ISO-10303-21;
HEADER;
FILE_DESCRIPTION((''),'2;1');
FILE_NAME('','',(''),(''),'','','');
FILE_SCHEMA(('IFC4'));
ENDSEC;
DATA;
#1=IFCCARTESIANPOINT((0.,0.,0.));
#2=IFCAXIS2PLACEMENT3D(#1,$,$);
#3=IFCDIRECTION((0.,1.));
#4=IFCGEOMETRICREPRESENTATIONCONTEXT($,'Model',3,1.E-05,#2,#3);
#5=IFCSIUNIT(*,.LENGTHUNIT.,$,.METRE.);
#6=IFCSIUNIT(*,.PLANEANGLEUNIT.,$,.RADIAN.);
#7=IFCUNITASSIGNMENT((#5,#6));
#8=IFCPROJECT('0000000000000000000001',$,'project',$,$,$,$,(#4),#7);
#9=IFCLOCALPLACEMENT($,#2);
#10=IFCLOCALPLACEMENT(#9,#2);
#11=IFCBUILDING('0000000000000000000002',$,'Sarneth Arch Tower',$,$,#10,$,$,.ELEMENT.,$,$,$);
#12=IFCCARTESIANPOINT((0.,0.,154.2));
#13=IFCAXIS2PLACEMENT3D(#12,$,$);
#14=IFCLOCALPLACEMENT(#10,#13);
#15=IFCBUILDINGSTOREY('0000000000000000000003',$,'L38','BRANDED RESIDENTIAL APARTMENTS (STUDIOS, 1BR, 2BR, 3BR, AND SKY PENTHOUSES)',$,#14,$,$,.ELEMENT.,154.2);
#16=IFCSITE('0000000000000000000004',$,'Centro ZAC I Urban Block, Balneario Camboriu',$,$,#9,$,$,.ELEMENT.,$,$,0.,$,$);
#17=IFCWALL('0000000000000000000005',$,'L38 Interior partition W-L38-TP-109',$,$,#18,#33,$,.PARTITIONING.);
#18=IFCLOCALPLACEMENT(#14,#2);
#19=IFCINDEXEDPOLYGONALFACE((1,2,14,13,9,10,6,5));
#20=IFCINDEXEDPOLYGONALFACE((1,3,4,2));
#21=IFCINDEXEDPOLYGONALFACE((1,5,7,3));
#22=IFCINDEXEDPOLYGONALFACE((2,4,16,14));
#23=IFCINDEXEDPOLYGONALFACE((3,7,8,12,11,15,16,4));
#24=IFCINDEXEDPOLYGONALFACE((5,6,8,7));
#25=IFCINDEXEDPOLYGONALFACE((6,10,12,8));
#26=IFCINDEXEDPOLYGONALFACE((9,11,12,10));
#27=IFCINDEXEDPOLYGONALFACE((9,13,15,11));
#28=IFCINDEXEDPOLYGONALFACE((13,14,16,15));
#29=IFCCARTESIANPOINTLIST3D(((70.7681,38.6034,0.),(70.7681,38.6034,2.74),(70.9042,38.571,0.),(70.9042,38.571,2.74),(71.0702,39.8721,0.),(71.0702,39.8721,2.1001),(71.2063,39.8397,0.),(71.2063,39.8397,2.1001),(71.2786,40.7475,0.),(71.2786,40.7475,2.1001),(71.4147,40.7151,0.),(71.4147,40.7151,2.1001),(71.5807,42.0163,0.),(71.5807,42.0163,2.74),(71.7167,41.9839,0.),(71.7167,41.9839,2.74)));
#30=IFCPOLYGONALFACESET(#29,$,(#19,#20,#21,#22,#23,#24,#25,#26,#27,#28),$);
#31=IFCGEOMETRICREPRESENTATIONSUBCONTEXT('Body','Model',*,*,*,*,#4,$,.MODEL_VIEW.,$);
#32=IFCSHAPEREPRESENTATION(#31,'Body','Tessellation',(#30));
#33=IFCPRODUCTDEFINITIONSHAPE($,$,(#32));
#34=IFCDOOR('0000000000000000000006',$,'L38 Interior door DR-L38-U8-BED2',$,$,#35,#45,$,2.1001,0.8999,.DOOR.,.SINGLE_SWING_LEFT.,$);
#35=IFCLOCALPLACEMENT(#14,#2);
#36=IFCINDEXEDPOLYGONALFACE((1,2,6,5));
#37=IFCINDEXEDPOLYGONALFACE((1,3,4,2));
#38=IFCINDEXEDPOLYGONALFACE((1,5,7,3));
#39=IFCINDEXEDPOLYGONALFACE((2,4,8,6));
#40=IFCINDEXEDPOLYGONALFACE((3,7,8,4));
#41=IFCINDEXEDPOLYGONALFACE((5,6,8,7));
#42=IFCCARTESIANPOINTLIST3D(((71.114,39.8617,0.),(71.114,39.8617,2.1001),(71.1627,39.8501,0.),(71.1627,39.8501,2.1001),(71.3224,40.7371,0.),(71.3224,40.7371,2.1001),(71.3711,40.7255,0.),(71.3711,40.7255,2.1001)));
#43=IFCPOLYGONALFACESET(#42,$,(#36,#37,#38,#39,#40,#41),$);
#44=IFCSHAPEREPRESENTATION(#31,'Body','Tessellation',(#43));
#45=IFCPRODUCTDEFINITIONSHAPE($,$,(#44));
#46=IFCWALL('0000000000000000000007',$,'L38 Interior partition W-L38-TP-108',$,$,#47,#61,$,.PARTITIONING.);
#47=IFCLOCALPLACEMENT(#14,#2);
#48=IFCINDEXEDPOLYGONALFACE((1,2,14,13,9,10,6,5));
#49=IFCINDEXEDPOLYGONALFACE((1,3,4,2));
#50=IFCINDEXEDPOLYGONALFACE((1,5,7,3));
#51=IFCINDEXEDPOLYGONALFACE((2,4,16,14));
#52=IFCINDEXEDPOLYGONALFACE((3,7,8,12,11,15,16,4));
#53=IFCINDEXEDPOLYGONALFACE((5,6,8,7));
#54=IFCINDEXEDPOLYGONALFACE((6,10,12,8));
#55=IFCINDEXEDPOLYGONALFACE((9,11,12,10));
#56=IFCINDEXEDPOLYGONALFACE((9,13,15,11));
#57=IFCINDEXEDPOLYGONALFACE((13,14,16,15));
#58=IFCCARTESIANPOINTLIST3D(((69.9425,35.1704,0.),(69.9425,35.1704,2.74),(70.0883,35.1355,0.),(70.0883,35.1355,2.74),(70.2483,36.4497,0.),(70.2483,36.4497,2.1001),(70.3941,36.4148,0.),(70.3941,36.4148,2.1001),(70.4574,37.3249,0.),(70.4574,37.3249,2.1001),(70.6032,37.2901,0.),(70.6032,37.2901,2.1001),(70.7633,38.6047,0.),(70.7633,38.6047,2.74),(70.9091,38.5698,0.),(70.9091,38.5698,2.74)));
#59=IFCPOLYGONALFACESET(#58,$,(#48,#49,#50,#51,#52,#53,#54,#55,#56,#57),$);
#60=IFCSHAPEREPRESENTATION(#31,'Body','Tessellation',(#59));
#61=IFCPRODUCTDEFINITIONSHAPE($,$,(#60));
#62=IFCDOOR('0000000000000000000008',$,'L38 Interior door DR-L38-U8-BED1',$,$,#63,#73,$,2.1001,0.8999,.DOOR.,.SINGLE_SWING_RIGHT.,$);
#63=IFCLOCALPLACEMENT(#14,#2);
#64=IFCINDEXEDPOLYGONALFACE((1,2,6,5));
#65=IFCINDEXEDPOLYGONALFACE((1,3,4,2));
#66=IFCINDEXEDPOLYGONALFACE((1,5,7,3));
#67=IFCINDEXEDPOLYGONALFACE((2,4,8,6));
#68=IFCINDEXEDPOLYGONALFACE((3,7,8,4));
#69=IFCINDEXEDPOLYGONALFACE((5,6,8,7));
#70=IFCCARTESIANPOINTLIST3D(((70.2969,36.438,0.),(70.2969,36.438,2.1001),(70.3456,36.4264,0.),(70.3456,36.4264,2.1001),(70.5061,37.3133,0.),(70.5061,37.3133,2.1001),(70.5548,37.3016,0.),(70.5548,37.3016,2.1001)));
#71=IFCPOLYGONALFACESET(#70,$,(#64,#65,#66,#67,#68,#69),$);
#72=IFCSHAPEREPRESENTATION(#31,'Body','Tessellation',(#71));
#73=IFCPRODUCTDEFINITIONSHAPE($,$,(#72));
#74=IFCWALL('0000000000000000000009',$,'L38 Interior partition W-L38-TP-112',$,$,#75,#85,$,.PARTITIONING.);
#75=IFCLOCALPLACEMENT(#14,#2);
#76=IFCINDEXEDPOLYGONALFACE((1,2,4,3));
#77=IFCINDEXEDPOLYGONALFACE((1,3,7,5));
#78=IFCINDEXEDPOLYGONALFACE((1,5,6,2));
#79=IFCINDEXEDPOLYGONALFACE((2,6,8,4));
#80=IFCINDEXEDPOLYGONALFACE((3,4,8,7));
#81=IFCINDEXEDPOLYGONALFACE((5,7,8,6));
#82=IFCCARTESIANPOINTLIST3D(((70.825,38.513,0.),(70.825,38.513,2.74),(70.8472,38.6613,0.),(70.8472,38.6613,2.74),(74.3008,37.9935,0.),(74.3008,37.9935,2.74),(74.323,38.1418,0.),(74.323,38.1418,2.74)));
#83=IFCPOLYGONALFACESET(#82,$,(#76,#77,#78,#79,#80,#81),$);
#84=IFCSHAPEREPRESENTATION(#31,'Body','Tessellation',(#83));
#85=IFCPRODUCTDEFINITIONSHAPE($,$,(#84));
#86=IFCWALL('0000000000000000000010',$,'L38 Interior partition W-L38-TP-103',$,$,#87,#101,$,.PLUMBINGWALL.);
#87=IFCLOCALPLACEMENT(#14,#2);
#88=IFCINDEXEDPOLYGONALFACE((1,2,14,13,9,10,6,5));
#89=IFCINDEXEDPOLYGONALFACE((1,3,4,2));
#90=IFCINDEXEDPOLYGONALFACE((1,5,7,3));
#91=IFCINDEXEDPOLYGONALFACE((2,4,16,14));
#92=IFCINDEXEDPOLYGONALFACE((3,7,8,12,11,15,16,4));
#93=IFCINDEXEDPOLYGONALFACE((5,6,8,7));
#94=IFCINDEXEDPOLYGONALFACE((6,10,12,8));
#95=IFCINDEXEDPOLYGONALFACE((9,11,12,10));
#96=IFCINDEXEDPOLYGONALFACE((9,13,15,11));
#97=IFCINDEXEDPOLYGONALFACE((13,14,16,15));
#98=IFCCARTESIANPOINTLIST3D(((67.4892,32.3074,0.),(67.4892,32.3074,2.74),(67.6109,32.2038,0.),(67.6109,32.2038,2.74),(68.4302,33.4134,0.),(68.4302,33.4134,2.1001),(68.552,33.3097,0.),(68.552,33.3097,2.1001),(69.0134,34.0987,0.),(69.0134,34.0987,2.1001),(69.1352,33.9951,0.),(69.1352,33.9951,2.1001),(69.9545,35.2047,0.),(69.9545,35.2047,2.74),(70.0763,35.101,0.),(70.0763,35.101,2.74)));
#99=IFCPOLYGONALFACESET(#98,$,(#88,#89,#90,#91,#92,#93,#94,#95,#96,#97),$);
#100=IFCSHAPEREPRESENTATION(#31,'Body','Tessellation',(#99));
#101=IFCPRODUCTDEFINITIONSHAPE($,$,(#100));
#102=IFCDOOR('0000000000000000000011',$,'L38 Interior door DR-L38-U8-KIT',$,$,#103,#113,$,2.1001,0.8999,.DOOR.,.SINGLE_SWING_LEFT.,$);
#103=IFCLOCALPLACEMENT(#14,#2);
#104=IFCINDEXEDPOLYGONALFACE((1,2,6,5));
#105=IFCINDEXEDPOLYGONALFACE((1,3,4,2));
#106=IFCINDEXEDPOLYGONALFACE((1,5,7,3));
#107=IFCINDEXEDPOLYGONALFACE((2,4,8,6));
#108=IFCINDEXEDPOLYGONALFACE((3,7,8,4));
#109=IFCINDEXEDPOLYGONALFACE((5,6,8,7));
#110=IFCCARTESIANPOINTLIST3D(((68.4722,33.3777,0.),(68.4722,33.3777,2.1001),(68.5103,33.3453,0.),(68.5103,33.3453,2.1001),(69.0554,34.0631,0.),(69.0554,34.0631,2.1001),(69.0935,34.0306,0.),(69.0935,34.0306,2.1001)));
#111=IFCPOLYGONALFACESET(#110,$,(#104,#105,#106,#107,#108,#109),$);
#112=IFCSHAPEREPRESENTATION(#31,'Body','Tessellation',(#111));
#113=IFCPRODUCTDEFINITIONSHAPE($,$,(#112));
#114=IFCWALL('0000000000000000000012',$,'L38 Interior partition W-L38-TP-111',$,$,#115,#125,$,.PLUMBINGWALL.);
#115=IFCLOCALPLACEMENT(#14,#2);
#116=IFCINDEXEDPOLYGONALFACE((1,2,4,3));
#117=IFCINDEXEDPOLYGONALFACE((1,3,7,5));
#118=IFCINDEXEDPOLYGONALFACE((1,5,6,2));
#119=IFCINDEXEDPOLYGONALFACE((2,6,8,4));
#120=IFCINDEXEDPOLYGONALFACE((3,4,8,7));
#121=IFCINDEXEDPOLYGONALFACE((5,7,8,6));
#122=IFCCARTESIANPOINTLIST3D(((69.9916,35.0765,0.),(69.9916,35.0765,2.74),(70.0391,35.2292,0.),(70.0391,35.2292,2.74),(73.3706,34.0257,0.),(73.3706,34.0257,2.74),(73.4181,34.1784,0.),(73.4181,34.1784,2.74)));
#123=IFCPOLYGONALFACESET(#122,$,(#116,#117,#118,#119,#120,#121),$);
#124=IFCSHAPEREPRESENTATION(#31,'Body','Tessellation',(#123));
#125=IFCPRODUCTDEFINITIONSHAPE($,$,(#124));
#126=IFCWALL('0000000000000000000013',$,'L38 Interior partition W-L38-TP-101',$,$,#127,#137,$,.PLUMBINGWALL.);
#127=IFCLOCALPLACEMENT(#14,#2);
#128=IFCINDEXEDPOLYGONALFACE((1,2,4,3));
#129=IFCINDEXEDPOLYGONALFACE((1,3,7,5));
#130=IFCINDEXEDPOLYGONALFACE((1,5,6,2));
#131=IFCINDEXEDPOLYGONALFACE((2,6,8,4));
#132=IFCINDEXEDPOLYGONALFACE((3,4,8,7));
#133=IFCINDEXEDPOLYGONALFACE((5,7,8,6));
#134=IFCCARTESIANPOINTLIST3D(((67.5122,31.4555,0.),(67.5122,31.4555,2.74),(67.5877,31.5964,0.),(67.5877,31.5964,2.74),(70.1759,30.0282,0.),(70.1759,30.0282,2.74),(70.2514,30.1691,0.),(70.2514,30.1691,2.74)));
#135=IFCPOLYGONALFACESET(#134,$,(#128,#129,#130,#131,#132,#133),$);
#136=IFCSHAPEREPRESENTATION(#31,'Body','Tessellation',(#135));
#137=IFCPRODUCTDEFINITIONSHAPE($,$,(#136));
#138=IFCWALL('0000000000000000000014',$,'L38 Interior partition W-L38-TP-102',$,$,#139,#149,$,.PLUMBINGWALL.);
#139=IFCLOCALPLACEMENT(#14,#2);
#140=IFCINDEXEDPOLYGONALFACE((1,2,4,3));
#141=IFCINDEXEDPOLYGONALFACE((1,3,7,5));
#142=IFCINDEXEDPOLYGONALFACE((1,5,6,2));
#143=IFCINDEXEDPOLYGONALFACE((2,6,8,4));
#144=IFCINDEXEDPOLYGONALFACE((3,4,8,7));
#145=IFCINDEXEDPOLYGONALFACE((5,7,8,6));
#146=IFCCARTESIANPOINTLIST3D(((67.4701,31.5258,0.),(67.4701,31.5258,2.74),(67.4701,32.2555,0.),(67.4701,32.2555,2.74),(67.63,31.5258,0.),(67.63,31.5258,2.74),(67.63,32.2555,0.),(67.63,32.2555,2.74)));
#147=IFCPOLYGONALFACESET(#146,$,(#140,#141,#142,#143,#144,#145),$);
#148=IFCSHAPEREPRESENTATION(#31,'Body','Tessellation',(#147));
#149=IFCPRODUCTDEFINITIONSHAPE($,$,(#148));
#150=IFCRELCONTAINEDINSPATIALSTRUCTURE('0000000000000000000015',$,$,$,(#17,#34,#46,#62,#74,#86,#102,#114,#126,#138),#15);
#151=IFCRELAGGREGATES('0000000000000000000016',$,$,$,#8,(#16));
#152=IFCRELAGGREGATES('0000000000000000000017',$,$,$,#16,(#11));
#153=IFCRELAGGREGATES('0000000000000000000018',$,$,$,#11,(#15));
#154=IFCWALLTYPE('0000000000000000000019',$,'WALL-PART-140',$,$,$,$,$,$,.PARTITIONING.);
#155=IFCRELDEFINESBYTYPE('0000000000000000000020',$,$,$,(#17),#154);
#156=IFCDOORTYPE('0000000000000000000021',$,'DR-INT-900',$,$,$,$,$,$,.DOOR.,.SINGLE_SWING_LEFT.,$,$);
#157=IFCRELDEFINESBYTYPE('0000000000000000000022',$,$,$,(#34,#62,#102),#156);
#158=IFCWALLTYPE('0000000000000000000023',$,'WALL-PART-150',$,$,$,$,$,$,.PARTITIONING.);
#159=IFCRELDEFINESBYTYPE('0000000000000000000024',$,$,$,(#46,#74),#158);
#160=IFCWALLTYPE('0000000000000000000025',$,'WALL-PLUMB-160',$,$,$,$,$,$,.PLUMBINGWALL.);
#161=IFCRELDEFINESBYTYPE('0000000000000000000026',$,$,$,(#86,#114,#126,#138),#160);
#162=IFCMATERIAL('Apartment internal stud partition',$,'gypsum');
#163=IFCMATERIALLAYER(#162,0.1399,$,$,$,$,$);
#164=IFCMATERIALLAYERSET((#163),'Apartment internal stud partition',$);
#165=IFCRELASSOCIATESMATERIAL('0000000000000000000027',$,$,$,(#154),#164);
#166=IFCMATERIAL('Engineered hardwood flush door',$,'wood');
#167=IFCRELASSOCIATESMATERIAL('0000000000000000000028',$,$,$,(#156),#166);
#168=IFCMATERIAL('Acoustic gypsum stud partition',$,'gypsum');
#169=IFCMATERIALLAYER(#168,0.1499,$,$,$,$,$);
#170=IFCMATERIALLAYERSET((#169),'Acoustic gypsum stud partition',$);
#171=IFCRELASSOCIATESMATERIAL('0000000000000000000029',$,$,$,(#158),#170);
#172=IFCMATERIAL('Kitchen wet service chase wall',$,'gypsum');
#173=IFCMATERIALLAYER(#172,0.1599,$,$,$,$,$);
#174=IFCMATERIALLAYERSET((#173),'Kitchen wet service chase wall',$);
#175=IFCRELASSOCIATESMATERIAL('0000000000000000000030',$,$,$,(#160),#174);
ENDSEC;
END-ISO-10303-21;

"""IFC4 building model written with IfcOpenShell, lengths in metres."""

from ifc_helpers import new_model, si_unit, direction, frame, frame_2d, origin, place, context, subcontext, project, spatial, rectangle, extrude, material, layer, layer_set, type_object, element, fill, save


model = new_model("IFC4")

# Units and contexts
model_context = context("Model", 3, precision=1e-05, world=origin(), true_north=direction((0.0, 1.0)))
body_context = subcontext(model_context, "Body", "Model", "MODEL_VIEW")
ifc_project = project(units=[si_unit("LENGTHUNIT", "METRE"), si_unit("PLANEANGLEUNIT", "RADIAN")], contexts=[model_context])

# Site, building, storey
site_placement = place(None, origin())
site = spatial("IfcSite", under=ifc_project, at=site_placement, Name="Centro ZAC I Urban Block, Balneario Camboriu", CompositionType="ELEMENT", RefElevation=0.0)
building_placement = place(site_placement, origin())
building = spatial("IfcBuilding", under=site, at=building_placement, Name="Sarneth Arch Tower", CompositionType="ELEMENT")
storey_placement = place(building_placement, frame((0.0, 0.0, 154.2)))
storey = spatial("IfcBuildingStorey", under=building, at=storey_placement, Name="L38", Description="BRANDED RESIDENTIAL APARTMENTS (STUDIOS, 1BR, 2BR, 3BR, AND SKY PENTHOUSES)", CompositionType="ELEMENT", Elevation=154.2)

# Walls, openings, doors
ifc_material_1 = material(Name="Apartment internal stud partition", Category="gypsum")
ifc_layer_1 = layer(ifc_material_1, 0.1399)
ifc_layer_set_1 = layer_set([ifc_layer_1], Name="Apartment internal stud partition")
wall_type_1 = type_object("IfcWallType", Name="WALL-PART-140", PredefinedType="PARTITIONING", material=ifc_layer_set_1)
wall_1_placement = place(storey_placement, frame((70.8362, 38.5872, 0.0), z_axis=(0.0, 0.0, 1.0), x_axis=(0.231599, 0.972811, 0.0)))
wall_1 = element("IfcWall", 1, at=wall_1_placement, inside=storey, type_object=wall_type_1, Name="L38 Interior partition W-L38-TP-109", PredefinedType="PARTITIONING", context=body_context, shape_type="SweptSolid", body=[
    extrude(rectangle(XDim=3.5083, YDim=0.1399, at=frame_2d((1.7542, 0.0))), origin(), (0.0, 0.0, 1.0), 2.74),
])
opening_1_placement = place(wall_1_placement, frame((1.3042, 0.0, 0.0)))
opening_1 = element("IfcOpeningElement", 2, at=opening_1_placement, cuts=wall_1, PredefinedType="OPENING", context=body_context, shape_type="SweptSolid", body=[
    extrude(rectangle(XDim=0.8999, YDim=2.1001, at=frame_2d((0.45, 1.05))), frame((0.0, 0.0798, 0.0), z_axis=(0.0, -1.0, 0.0), x_axis=(1.0, 0.0, 0.0)), (0.0, 0.0, 1.0), 0.1599),
])
ifc_material_2 = material(Name="Engineered hardwood flush door", Category="wood")
door_type_1 = type_object("IfcDoorType", Name="DR-INT-900", OperationType="SINGLE_SWING_LEFT", PredefinedType="DOOR", material=ifc_material_2)
door_1_placement = place(opening_1_placement, origin())
door_1 = element("IfcDoor", 3, at=door_1_placement, inside=storey, type_object=door_type_1, Name="L38 Interior door DR-L38-U8-BED2", OperationType="SINGLE_SWING_LEFT", OverallHeight=2.1001, OverallWidth=0.8999, PredefinedType="DOOR", context=body_context, shape_type="SweptSolid", body=[
    extrude(rectangle(XDim=0.8999, YDim=2.1001, at=frame_2d((0.45, 1.05))), frame((0.0, 0.0249, 0.0), z_axis=(0.0, -1.0, 0.0), x_axis=(1.0, 0.0, 0.0)), (0.0, 0.0, 1.0), 0.05),
])
fill(opening_1, door_1)
ifc_material_3 = material(Name="Acoustic gypsum stud partition", Category="gypsum")
ifc_layer_2 = layer(ifc_material_3, 0.1499)
ifc_layer_set_2 = layer_set([ifc_layer_2], Name="Acoustic gypsum stud partition")
wall_type_2 = type_object("IfcWallType", Name="WALL-PART-150", PredefinedType="PARTITIONING", material=ifc_layer_set_2)
wall_2_placement = place(storey_placement, frame((70.0154, 35.1528, 0.0), z_axis=(0.0, 0.0, 1.0), x_axis=(0.232452, 0.972608, 0.0)))
wall_2 = element("IfcWall", 4, at=wall_2_placement, inside=storey, type_object=wall_type_2, Name="L38 Interior partition W-L38-TP-108", PredefinedType="PARTITIONING", context=body_context, shape_type="SweptSolid", body=[
    extrude(rectangle(XDim=3.531, YDim=0.1499, at=frame_2d((1.7656, 0.0))), origin(), (0.0, 0.0, 1.0), 2.74),
])
opening_2_placement = place(wall_2_placement, frame((1.3154, 0.0, 0.0)))
opening_2 = element("IfcOpeningElement", 5, at=opening_2_placement, cuts=wall_2, PredefinedType="OPENING", context=body_context, shape_type="SweptSolid", body=[
    extrude(rectangle(XDim=0.8999, YDim=2.1001, at=frame_2d((0.45, 1.05))), frame((0.0, 0.085, 0.0), z_axis=(0.0, -1.0, 0.0), x_axis=(1.0, 0.0, 0.0)), (0.0, 0.0, 1.0), 0.1699),
])
door_2_placement = place(opening_2_placement, origin())
door_2 = element("IfcDoor", 6, at=door_2_placement, inside=storey, type_object=door_type_1, Name="L38 Interior door DR-L38-U8-BED1", OperationType="SINGLE_SWING_RIGHT", OverallHeight=2.1001, OverallWidth=0.8999, PredefinedType="DOOR", context=body_context, shape_type="SweptSolid", body=[
    extrude(rectangle(XDim=0.8999, YDim=2.1001, at=frame_2d((0.45, 1.05))), frame((0.0, 0.0249, 0.0), z_axis=(0.0, -1.0, 0.0), x_axis=(1.0, 0.0, 0.0)), (0.0, 0.0, 1.0), 0.05),
])
fill(opening_2, door_2)

# Wall
wall_3_placement = place(storey_placement, frame((74.312, 38.0676, 0.0), z_axis=(0.0, 0.0, 1.0), x_axis=(-0.989013, 0.147827, 0.0)))
element("IfcWall", 7, at=wall_3_placement, inside=storey, type_object=wall_type_2, Name="L38 Interior partition W-L38-TP-112", PredefinedType="PARTITIONING", context=body_context, shape_type="SweptSolid", body=[
    extrude(rectangle(XDim=3.5144, YDim=0.1499, at=frame_2d((1.7573, 0.0))), origin(), (0.0, 0.0, 1.0), 2.74),
])

# Wall, opening, door
ifc_material_4 = material(Name="Kitchen wet service chase wall", Category="gypsum")
ifc_layer_3 = layer(ifc_material_4, 0.1599)
ifc_layer_set_3 = layer_set([ifc_layer_3], Name="Kitchen wet service chase wall")
wall_type_3 = type_object("IfcWallType", Name="WALL-PLUMB-160", PredefinedType="PLUMBINGWALL", material=ifc_layer_set_3)
wall_4_placement = place(storey_placement, frame((67.55, 32.2556, 0.0), z_axis=(0.0, 0.0, 1.0), x_axis=(0.64806, 0.761589, 0.0)))
wall_4 = element("IfcWall", 8, at=wall_4_placement, inside=storey, type_object=wall_type_3, Name="L38 Interior partition W-L38-TP-103", PredefinedType="PLUMBINGWALL", context=body_context, shape_type="SweptSolid", body=[
    extrude(rectangle(XDim=3.8042, YDim=0.1599, at=frame_2d((1.9021, 0.0))), origin(), (0.0, 0.0, 1.0), 2.74),
])
opening_3_placement = place(wall_4_placement, frame((1.4521, 0.0, 0.0)))
opening_3 = element("IfcOpeningElement", 9, at=opening_3_placement, cuts=wall_4, PredefinedType="OPENING", context=body_context, shape_type="SweptSolid", body=[
    extrude(rectangle(XDim=0.8999, YDim=2.1001, at=frame_2d((0.45, 1.05))), frame((0.0, 0.0898, 0.0), z_axis=(0.0, -1.0, 0.0), x_axis=(1.0, 0.0, 0.0)), (0.0, 0.0, 1.0), 0.1799),
])
door_3_placement = place(opening_3_placement, origin())
door_3 = element("IfcDoor", 10, at=door_3_placement, inside=storey, type_object=door_type_1, Name="L38 Interior door DR-L38-U8-KIT", OperationType="SINGLE_SWING_LEFT", OverallHeight=2.1001, OverallWidth=0.8999, PredefinedType="DOOR", context=body_context, shape_type="SweptSolid", body=[
    extrude(rectangle(XDim=0.8999, YDim=2.1001, at=frame_2d((0.45, 1.05))), frame((0.0, 0.0249, 0.0), z_axis=(0.0, -1.0, 0.0), x_axis=(1.0, 0.0, 0.0)), (0.0, 0.0, 1.0), 0.05),
])
fill(opening_3, door_3)

# Walls
wall_5_placement = place(storey_placement, frame((70.0154, 35.1528, 0.0), z_axis=(0.0, 0.0, 1.0), x_axis=(0.954892, -0.296955, 0.0)))
element("IfcWall", 11, at=wall_5_placement, inside=storey, type_object=wall_type_3, Name="L38 Interior partition W-L38-TP-111", PredefinedType="PLUMBINGWALL", context=body_context, shape_type="SweptSolid", body=[
    extrude(rectangle(XDim=3.5386, YDim=0.1599, at=frame_2d((1.7693, 0.0))), origin(), (0.0, 0.0, 1.0), 2.74),
])
wall_6_placement = place(storey_placement, frame((70.2136, 30.0986, 0.0), z_axis=(0.0, 0.0, 1.0), x_axis=(-0.881434, 0.472307, 0.0)))
element("IfcWall", 12, at=wall_6_placement, inside=storey, type_object=wall_type_3, Name="L38 Interior partition W-L38-TP-101", PredefinedType="PLUMBINGWALL", context=body_context, shape_type="SweptSolid", body=[
    extrude(rectangle(XDim=3.022, YDim=0.1599, at=frame_2d((1.511, 0.0))), origin(), (0.0, 0.0, 1.0), 2.74),
])
wall_7_placement = place(storey_placement, frame((67.55, 31.5259, 0.0), z_axis=(0.0, 0.0, 1.0), x_axis=(0.0, 1.0, 0.0)))
element("IfcWall", 13, at=wall_7_placement, inside=storey, type_object=wall_type_3, Name="L38 Interior partition W-L38-TP-102", PredefinedType="PLUMBINGWALL", context=body_context, shape_type="SweptSolid", body=[
    extrude(rectangle(XDim=0.7297, YDim=0.1599, at=frame_2d((0.3647, 0.0))), origin(), (0.0, 0.0, 1.0), 2.74),
])

save(model, "model.ifc")
